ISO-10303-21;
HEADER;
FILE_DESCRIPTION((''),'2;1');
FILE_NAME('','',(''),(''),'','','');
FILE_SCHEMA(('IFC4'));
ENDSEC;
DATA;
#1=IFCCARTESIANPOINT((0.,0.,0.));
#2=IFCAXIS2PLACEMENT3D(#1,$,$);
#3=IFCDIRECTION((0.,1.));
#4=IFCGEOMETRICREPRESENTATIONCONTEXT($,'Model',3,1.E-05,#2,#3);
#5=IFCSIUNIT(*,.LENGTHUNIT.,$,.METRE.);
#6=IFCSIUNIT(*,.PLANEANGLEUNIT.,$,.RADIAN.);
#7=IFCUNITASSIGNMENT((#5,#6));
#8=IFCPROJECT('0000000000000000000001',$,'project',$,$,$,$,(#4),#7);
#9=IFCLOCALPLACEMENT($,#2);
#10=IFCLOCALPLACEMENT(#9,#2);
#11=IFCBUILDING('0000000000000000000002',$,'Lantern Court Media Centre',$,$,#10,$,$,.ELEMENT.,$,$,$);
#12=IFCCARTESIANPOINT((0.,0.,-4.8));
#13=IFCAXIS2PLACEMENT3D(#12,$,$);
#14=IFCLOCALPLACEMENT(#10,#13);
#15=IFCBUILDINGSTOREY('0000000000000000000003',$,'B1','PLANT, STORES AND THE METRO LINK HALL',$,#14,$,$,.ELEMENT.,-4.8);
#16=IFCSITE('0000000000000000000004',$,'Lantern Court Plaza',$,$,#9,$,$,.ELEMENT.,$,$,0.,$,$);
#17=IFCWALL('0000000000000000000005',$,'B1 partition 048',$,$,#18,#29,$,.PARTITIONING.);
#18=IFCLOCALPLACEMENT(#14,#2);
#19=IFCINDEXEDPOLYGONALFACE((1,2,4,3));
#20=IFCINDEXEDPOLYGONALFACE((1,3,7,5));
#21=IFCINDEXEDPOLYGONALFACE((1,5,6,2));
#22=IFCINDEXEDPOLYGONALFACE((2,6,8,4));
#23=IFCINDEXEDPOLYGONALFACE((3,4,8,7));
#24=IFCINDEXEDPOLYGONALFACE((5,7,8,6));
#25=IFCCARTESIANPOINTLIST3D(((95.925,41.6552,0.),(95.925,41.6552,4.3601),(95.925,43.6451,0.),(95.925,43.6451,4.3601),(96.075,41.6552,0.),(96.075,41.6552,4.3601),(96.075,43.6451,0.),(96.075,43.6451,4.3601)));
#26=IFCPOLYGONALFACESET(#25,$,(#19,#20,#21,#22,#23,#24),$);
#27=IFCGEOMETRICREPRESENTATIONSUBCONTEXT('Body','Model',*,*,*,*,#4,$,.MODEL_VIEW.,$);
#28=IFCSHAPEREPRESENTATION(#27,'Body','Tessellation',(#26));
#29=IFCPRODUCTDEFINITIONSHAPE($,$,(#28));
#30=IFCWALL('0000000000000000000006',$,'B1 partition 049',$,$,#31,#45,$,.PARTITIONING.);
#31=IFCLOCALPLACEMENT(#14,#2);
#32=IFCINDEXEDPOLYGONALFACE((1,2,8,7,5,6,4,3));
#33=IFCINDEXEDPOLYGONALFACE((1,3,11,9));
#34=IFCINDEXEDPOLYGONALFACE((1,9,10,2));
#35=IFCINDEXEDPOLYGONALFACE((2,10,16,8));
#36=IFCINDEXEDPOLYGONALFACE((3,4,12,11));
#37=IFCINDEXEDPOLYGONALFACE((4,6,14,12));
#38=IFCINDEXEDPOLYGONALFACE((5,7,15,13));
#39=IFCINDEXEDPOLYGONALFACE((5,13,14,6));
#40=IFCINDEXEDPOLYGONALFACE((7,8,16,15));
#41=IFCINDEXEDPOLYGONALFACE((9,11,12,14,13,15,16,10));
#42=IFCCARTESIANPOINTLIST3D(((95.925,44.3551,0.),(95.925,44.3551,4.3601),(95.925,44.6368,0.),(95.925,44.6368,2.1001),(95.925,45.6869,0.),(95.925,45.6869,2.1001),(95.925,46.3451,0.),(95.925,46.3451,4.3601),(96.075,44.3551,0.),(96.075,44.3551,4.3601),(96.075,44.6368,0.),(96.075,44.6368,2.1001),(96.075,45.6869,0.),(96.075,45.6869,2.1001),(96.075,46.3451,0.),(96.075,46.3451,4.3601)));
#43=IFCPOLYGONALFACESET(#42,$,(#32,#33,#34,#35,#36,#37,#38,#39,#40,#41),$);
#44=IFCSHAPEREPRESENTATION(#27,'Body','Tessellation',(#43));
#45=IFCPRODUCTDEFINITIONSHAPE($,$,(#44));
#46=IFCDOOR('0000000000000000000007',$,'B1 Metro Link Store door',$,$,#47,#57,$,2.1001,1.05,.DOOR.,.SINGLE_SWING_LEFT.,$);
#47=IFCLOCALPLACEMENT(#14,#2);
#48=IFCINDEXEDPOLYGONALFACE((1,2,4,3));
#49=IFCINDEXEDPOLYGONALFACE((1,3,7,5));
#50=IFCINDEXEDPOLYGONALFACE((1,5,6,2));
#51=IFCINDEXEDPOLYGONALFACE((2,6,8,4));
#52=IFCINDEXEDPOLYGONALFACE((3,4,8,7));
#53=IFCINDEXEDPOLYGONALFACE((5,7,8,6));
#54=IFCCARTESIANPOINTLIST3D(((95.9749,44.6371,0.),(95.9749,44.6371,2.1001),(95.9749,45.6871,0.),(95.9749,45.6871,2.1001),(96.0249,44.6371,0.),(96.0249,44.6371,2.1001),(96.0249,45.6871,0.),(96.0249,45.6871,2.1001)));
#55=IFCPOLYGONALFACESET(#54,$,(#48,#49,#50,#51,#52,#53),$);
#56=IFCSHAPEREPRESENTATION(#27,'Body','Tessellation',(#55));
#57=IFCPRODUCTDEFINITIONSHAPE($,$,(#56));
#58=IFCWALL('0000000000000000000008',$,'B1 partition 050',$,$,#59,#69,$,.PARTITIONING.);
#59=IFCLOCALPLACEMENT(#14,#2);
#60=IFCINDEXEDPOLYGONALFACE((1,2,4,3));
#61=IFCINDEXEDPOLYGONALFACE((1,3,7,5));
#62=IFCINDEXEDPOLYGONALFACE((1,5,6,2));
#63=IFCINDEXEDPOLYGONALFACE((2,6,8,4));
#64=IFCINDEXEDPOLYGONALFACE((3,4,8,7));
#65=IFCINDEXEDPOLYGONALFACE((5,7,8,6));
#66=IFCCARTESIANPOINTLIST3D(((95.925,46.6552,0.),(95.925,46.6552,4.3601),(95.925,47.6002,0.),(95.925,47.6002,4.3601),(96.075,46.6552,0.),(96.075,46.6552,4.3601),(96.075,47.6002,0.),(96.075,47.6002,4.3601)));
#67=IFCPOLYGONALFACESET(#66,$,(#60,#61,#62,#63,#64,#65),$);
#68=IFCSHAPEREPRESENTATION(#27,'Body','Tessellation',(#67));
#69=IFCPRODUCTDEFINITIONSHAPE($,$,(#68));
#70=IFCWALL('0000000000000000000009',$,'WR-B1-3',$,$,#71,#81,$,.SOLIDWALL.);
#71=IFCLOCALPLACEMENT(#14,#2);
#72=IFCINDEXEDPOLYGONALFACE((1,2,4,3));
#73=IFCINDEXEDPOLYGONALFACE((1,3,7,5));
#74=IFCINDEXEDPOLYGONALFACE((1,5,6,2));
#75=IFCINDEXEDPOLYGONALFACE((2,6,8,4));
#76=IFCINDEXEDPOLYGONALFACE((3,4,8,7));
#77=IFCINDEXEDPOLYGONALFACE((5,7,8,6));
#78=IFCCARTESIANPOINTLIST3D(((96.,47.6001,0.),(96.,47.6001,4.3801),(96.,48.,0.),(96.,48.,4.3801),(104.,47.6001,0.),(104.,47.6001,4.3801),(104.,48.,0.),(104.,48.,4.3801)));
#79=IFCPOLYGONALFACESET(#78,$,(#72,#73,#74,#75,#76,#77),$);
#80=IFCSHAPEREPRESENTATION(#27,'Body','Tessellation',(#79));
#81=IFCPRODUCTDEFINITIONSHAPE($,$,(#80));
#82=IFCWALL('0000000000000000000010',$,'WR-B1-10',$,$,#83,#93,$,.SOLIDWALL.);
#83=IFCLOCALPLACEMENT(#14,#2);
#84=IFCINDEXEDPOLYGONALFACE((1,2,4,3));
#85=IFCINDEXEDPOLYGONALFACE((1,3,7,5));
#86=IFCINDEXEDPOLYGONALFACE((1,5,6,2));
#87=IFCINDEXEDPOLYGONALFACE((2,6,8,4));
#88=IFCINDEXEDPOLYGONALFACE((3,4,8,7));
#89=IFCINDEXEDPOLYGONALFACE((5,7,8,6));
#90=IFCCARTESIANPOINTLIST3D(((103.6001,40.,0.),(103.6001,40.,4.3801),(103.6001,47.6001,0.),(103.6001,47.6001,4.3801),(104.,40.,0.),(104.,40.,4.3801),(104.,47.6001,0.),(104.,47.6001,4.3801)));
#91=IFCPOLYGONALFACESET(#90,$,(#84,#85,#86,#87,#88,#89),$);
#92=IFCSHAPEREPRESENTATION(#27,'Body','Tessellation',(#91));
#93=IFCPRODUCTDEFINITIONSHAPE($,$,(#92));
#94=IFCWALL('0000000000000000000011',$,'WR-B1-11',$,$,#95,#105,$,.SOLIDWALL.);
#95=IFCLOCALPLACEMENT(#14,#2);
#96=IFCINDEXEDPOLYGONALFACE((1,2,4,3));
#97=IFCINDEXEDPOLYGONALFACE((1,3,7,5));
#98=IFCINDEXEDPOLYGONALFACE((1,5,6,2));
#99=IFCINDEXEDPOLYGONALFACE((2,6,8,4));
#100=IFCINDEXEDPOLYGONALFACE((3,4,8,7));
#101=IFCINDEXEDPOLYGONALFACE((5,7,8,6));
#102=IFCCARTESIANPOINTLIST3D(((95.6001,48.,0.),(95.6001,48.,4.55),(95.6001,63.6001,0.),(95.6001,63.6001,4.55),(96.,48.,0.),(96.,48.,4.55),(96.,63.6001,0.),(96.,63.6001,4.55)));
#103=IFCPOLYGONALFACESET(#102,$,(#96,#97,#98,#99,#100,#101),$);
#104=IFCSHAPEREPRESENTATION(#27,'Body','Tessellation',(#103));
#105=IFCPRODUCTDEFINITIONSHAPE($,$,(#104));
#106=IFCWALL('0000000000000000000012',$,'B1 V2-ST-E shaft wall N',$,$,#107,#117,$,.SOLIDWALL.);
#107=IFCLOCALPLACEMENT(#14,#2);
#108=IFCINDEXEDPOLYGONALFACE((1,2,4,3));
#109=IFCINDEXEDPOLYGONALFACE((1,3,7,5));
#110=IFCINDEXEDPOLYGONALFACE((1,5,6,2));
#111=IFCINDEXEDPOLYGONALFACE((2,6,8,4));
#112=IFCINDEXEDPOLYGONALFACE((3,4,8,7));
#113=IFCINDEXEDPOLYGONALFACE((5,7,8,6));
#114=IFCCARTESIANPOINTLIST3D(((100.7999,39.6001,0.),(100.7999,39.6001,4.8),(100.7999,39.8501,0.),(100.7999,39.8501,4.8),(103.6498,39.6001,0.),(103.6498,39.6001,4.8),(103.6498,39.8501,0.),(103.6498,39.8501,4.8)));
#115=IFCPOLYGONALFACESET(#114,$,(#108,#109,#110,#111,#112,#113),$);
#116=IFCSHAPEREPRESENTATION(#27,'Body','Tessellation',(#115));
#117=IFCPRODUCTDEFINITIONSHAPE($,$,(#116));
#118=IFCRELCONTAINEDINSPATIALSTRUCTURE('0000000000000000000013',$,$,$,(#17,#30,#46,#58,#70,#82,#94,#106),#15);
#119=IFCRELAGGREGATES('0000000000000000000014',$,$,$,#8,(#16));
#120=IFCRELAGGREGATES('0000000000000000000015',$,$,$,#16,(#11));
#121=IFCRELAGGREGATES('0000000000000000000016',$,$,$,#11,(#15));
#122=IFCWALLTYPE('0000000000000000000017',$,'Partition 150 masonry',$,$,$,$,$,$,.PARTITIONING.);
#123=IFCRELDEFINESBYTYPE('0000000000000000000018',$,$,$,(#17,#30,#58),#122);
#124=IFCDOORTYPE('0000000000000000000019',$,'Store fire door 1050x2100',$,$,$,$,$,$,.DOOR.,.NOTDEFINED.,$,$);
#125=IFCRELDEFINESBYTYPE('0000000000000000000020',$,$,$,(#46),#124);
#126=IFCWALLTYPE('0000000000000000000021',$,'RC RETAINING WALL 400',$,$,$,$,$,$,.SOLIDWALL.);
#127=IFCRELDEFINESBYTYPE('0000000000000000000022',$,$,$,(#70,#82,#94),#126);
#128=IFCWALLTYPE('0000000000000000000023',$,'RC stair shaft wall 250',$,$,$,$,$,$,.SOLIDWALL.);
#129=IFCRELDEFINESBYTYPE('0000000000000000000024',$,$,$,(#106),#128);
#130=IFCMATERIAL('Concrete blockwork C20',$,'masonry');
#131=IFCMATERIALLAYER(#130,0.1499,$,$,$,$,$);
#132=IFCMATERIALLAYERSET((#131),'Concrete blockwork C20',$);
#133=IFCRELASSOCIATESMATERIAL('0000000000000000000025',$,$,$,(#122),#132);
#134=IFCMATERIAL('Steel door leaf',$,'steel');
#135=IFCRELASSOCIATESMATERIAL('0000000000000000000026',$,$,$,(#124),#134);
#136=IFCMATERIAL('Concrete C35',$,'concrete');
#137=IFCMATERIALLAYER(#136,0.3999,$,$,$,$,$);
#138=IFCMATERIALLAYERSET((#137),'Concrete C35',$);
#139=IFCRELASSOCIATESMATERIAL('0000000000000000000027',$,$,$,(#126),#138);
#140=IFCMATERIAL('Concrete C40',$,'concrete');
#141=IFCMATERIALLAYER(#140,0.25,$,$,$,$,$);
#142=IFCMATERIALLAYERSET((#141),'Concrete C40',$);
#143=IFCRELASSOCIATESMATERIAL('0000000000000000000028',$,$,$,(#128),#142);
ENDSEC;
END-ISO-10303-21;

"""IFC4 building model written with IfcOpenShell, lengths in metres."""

from ifc_helpers import new_model, si_unit, direction, frame, frame_2d, origin, place, context, subcontext, project, spatial, rectangle, extrude, material, layer, layer_set, type_object, element, fill, save


model = new_model("IFC4")

# Units and contexts
model_context = context("Model", 3, precision=1e-05, world=origin(), true_north=direction((0.0, 1.0)))
body_context = subcontext(model_context, "Body", "Model", "MODEL_VIEW")
ifc_project = project(units=[si_unit("LENGTHUNIT", "METRE"), si_unit("PLANEANGLEUNIT", "RADIAN")], contexts=[model_context])

# Site, building, storey
site_placement = place(None, origin())
site = spatial("IfcSite", under=ifc_project, at=site_placement, Name="Lantern Court Plaza", CompositionType="ELEMENT", RefElevation=0.0)
building_placement = place(site_placement, origin())
building = spatial("IfcBuilding", under=site, at=building_placement, Name="Lantern Court Media Centre", CompositionType="ELEMENT")
storey_placement = place(building_placement, frame((0.0, 0.0, -4.8)))
storey = spatial("IfcBuildingStorey", under=building, at=storey_placement, Name="B1", Description="PLANT, STORES AND THE METRO LINK HALL", CompositionType="ELEMENT", Elevation=-4.8)

# Shared definitions
ifc_material_1 = material(Name="Concrete C35", Category="concrete")

# Wall
ifc_material_2 = material(Name="Concrete blockwork C20", Category="masonry")
ifc_layer_1 = layer(ifc_material_2, 0.1499)
ifc_layer_set_1 = layer_set([ifc_layer_1], Name="Concrete blockwork C20")
wall_type_1 = type_object("IfcWallType", Name="Partition 150 masonry", PredefinedType="PARTITIONING", material=ifc_layer_set_1)
wall_1_placement = place(storey_placement, frame((96.0, 41.655, 0.0), z_axis=(0.0, 0.0, 1.0), x_axis=(0.0, 1.0, 0.0)))
element("IfcWall", 1, at=wall_1_placement, inside=storey, type_object=wall_type_1, Name="B1 partition 048", PredefinedType="PARTITIONING", context=body_context, shape_type="SweptSolid", body=[
    extrude(rectangle(XDim=1.99, YDim=0.1499, at=frame_2d((0.9951, 0.0))), origin(), (0.0, 0.0, 1.0), 4.3601),
])

# Wall, opening, door
wall_2_placement = place(storey_placement, frame((96.0, 44.355, 0.0), z_axis=(0.0, 0.0, 1.0), x_axis=(0.0, 1.0, 0.0)))
wall_2 = element("IfcWall", 2, at=wall_2_placement, inside=storey, type_object=wall_type_1, Name="B1 partition 049", PredefinedType="PARTITIONING", context=body_context, shape_type="SweptSolid", body=[
    extrude(rectangle(XDim=1.99, YDim=0.1499, at=frame_2d((0.9951, 0.0))), origin(), (0.0, 0.0, 1.0), 4.3601),
])
opening_1_placement = place(wall_2_placement, frame((0.282, 0.0, 0.0)))
opening_1 = element("IfcOpeningElement", 3, at=opening_1_placement, cuts=wall_2, PredefinedType="OPENING", context=body_context, shape_type="SweptSolid", body=[
    extrude(rectangle(XDim=1.05, YDim=2.1001, at=frame_2d((0.5249, 1.05))), frame((0.0, 0.085, 0.0), z_axis=(0.0, -1.0, 0.0), x_axis=(1.0, 0.0, 0.0)), (0.0, 0.0, 1.0), 0.1699),
])
ifc_material_3 = material(Name="Steel door leaf", Category="steel")
door_type_1 = type_object("IfcDoorType", Name="Store fire door 1050x2100", OperationType="NOTDEFINED", PredefinedType="DOOR", material=ifc_material_3)
door_1_placement = place(opening_1_placement, frame((1.05, 0.0, 0.0), z_axis=(0.0, 0.0, 1.0), x_axis=(-1.0, 0.0, 0.0)))
door_1 = element("IfcDoor", 4, at=door_1_placement, inside=storey, type_object=door_type_1, Name="B1 Metro Link Store door", OperationType="SINGLE_SWING_LEFT", OverallHeight=2.1001, OverallWidth=1.05, PredefinedType="DOOR", context=body_context, shape_type="SweptSolid", body=[
    extrude(rectangle(XDim=1.05, YDim=2.1001, at=frame_2d((0.5249, 1.05))), frame((0.0, 0.0249, 0.0), z_axis=(0.0, -1.0, 0.0), x_axis=(1.0, 0.0, 0.0)), (0.0, 0.0, 1.0), 0.05),
])
fill(opening_1, door_1)

# Walls
wall_3_placement = place(storey_placement, frame((96.0, 46.655, 0.0), z_axis=(0.0, 0.0, 1.0), x_axis=(0.0, 1.0, 0.0)))
element("IfcWall", 5, at=wall_3_placement, inside=storey, type_object=wall_type_1, Name="B1 partition 050", PredefinedType="PARTITIONING", context=body_context, shape_type="SweptSolid", body=[
    extrude(rectangle(XDim=0.9451, YDim=0.1499, at=frame_2d((0.4727, 0.0))), origin(), (0.0, 0.0, 1.0), 4.3601),
])
ifc_layer_2 = layer(ifc_material_1, 0.3999)
ifc_layer_set_2 = layer_set([ifc_layer_2], Name="Concrete C35")
wall_type_2 = type_object("IfcWallType", Name="RC RETAINING WALL 400", PredefinedType="SOLIDWALL", material=ifc_layer_set_2)
wall_4_placement = place(storey_placement, frame((96.0, 47.8, 0.0), z_axis=(0.0, 0.0, 1.0), x_axis=(1.0, 0.0, 0.0)))
element("IfcWall", 6, at=wall_4_placement, inside=storey, type_object=wall_type_2, Name="WR-B1-3", PredefinedType="SOLIDWALL", context=body_context, shape_type="SweptSolid", body=[
    extrude(rectangle(XDim=8.0, YDim=0.3999, at=frame_2d((4.0, 0.0))), origin(), (0.0, 0.0, 1.0), 4.3801),
])
wall_5_placement = place(storey_placement, frame((103.8, 40.0, 0.0), z_axis=(0.0, 0.0, 1.0), x_axis=(0.0, 1.0, 0.0)))
element("IfcWall", 7, at=wall_5_placement, inside=storey, type_object=wall_type_2, Name="WR-B1-10", PredefinedType="SOLIDWALL", context=body_context, shape_type="SweptSolid", body=[
    extrude(rectangle(XDim=7.6001, YDim=0.3999, at=frame_2d((3.8, 0.0))), origin(), (0.0, 0.0, 1.0), 4.3801),
])
wall_6_placement = place(storey_placement, frame((95.8, 48.0, 0.0), z_axis=(0.0, 0.0, 1.0), x_axis=(0.0, 1.0, 0.0)))
element("IfcWall", 8, at=wall_6_placement, inside=storey, type_object=wall_type_2, Name="WR-B1-11", PredefinedType="SOLIDWALL", context=body_context, shape_type="SweptSolid", body=[
    extrude(rectangle(XDim=15.6001, YDim=0.3999, at=frame_2d((7.8, 0.0))), origin(), (0.0, 0.0, 1.0), 4.55),
])
ifc_material_4 = material(Name="Concrete C40", Category="concrete")
ifc_layer_3 = layer(ifc_material_4, 0.25)
ifc_layer_set_3 = layer_set([ifc_layer_3], Name="Concrete C40")
wall_type_3 = type_object("IfcWallType", Name="RC stair shaft wall 250", PredefinedType="SOLIDWALL", material=ifc_layer_set_3)
wall_7_placement = place(storey_placement, frame((100.8, 39.7251, 0.0), z_axis=(0.0, 0.0, 1.0), x_axis=(1.0, 0.0, 0.0)))
element("IfcWall", 9, at=wall_7_placement, inside=storey, type_object=wall_type_3, Name="B1 V2-ST-E shaft wall N", PredefinedType="SOLIDWALL", context=body_context, shape_type="SweptSolid", body=[
    extrude(rectangle(XDim=2.8499, YDim=0.25, at=frame_2d((1.4248, 0.0))), origin(), (0.0, 0.0, 1.0), 4.8),
])

save(model, "model.ifc")
